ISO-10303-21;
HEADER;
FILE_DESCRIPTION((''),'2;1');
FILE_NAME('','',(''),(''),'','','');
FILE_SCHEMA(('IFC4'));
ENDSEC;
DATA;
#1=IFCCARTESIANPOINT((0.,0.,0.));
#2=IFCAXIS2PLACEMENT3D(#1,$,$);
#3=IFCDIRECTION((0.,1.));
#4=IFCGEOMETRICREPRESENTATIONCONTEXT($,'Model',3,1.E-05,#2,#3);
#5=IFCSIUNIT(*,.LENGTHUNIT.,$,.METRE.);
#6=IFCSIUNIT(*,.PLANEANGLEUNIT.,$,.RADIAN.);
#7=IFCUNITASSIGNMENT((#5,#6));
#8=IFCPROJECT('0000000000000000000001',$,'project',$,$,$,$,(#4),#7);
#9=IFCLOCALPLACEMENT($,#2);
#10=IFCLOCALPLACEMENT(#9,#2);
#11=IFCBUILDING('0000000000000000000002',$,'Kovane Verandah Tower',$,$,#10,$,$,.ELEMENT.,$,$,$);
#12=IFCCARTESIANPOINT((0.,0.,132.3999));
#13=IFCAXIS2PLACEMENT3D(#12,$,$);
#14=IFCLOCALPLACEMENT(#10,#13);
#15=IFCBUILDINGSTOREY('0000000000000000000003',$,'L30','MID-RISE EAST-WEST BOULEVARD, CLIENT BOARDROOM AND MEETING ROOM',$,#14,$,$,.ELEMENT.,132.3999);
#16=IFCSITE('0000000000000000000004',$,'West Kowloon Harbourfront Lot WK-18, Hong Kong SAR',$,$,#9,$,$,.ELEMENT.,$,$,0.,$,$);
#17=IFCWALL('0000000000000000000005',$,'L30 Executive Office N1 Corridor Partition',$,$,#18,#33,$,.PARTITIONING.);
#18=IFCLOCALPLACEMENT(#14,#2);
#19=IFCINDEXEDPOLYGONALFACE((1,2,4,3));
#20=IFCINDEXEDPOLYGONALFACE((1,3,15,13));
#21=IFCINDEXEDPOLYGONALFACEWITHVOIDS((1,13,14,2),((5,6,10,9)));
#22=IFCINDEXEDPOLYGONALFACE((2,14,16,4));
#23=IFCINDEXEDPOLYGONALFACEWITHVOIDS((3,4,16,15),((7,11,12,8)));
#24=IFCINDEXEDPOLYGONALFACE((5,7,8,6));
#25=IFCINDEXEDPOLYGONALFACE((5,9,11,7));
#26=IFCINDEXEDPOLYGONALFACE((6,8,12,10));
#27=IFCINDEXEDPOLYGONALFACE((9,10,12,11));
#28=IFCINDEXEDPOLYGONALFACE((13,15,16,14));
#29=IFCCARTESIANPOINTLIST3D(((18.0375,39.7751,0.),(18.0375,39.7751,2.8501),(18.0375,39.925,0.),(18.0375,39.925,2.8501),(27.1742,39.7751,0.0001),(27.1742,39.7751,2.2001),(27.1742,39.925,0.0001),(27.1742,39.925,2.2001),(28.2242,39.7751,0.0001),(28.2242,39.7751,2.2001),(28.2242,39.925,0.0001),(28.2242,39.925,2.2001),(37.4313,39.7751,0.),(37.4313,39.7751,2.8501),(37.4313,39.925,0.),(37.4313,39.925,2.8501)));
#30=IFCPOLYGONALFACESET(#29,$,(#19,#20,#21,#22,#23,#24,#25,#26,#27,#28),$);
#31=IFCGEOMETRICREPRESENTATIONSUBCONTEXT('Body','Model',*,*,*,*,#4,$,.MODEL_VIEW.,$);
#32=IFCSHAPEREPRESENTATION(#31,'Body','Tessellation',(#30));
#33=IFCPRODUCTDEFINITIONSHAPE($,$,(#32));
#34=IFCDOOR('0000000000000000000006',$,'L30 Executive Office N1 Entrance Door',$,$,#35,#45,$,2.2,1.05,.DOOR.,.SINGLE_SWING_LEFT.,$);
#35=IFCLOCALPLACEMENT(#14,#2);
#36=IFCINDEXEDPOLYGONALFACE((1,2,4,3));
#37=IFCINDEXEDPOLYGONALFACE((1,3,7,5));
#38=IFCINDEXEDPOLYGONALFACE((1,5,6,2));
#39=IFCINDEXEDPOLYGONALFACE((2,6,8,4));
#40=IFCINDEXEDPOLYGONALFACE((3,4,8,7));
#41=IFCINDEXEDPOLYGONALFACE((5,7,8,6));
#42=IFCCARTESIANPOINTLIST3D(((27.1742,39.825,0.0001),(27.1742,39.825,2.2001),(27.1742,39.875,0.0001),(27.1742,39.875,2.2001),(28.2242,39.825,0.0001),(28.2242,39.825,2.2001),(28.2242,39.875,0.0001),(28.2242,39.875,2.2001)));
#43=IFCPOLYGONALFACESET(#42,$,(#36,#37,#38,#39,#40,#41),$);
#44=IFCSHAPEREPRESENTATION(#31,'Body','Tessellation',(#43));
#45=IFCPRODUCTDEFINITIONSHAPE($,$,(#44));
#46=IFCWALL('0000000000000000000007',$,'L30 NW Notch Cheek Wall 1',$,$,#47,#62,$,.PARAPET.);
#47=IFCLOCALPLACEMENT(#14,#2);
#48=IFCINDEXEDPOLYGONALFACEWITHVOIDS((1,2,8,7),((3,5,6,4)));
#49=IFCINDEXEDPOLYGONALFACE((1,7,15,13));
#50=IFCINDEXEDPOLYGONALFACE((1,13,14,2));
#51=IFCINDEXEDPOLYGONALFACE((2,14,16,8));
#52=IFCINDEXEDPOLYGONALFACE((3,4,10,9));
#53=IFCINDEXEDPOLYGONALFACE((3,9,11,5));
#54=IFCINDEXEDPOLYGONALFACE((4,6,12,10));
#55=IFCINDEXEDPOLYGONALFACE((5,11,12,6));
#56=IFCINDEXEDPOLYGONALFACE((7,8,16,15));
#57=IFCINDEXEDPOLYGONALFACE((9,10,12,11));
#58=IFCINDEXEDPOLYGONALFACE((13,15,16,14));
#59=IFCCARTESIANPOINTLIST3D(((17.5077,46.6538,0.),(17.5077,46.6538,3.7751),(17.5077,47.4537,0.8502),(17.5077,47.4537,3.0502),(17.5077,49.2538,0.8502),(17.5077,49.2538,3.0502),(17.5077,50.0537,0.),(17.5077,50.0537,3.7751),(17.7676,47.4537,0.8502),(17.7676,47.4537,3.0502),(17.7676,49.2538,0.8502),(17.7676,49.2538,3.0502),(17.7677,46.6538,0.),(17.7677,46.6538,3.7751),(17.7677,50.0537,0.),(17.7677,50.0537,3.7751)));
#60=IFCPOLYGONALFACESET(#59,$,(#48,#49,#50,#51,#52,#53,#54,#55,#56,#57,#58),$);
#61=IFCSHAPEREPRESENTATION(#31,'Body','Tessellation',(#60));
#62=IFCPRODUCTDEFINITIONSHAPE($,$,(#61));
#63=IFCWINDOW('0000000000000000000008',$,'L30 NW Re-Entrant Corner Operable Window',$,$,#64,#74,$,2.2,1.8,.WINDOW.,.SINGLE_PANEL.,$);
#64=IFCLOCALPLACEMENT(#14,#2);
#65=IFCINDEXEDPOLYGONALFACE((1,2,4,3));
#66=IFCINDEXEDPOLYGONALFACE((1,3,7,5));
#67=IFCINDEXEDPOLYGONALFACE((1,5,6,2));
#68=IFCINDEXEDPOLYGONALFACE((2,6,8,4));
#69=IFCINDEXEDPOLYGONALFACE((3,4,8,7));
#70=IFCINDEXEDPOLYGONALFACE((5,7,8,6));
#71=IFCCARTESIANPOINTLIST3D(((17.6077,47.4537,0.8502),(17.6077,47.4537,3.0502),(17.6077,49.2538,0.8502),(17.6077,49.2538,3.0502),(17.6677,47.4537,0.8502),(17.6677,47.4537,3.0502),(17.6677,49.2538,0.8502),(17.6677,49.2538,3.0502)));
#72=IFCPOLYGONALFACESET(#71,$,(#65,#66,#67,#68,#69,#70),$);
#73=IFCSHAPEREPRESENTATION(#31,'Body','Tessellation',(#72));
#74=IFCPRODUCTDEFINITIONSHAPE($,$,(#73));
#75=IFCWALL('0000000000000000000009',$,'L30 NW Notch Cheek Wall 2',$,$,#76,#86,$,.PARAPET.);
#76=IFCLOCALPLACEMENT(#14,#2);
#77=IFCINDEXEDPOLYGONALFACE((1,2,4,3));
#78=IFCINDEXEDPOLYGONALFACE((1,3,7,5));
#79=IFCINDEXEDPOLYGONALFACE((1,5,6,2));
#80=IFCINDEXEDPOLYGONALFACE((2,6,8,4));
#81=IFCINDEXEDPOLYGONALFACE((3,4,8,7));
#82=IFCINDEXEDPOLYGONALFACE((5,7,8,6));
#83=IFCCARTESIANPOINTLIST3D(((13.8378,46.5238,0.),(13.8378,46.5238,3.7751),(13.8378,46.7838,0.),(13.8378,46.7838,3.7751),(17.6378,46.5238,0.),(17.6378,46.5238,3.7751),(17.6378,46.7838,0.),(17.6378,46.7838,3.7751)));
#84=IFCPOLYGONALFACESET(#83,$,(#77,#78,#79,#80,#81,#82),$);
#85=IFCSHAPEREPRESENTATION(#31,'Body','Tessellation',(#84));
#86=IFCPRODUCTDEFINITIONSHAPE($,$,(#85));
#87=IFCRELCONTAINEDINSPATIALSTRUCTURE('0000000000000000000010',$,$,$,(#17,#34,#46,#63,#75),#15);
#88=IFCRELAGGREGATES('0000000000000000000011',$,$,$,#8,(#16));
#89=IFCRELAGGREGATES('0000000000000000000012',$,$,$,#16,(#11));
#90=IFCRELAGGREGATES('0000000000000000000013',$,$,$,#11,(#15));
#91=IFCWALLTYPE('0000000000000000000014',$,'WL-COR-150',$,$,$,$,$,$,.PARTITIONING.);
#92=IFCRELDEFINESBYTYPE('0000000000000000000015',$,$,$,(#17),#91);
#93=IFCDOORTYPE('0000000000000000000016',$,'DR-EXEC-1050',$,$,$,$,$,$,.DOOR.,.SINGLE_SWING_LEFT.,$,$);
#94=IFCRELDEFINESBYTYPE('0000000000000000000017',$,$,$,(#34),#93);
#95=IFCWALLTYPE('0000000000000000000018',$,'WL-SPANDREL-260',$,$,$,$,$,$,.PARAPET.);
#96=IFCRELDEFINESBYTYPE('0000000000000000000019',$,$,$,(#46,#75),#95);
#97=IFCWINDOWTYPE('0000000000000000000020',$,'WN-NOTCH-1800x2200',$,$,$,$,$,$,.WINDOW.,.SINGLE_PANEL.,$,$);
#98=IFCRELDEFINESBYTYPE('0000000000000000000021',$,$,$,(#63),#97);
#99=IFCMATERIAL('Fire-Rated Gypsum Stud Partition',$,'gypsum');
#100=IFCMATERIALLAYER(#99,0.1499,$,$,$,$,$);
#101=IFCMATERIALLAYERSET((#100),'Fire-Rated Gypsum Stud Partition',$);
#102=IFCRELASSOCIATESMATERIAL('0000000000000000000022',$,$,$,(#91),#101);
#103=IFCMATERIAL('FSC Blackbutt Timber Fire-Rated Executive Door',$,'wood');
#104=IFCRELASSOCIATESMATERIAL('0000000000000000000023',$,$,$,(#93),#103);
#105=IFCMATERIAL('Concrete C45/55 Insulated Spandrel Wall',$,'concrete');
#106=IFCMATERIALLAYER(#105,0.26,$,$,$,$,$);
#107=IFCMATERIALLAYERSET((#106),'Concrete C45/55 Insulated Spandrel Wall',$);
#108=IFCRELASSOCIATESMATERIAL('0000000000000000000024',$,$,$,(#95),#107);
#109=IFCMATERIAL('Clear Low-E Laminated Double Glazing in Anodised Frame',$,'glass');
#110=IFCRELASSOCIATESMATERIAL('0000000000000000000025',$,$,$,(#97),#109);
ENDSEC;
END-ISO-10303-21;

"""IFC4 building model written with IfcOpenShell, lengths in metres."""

from ifc_helpers import new_model, si_unit, direction, frame, frame_2d, origin, place, context, subcontext, project, spatial, rectangle, extrude, material, layer, layer_set, type_object, element, fill, save


model = new_model("IFC4")

# Units and contexts
model_context = context("Model", 3, precision=1e-05, world=origin(), true_north=direction((0.0, 1.0)))
body_context = subcontext(model_context, "Body", "Model", "MODEL_VIEW")
ifc_project = project(units=[si_unit("LENGTHUNIT", "METRE"), si_unit("PLANEANGLEUNIT", "RADIAN")], contexts=[model_context])

# Site, building, storey
site_placement = place(None, origin())
site = spatial("IfcSite", under=ifc_project, at=site_placement, Name="West Kowloon Harbourfront Lot WK-18, Hong Kong SAR", CompositionType="ELEMENT", RefElevation=0.0)
building_placement = place(site_placement, origin())
building = spatial("IfcBuilding", under=site, at=building_placement, Name="Kovane Verandah Tower", CompositionType="ELEMENT")
storey_placement = place(building_placement, frame((0.0, 0.0, 132.3999)))
storey = spatial("IfcBuildingStorey", under=building, at=storey_placement, Name="L30", Description="MID-RISE EAST-WEST BOULEVARD, CLIENT BOARDROOM AND MEETING ROOM", CompositionType="ELEMENT", Elevation=132.3999)

# Wall, opening, door
ifc_material_1 = material(Name="Fire-Rated Gypsum Stud Partition", Category="gypsum")
ifc_layer_1 = layer(ifc_material_1, 0.1499)
ifc_layer_set_1 = layer_set([ifc_layer_1], Name="Fire-Rated Gypsum Stud Partition")
wall_type_1 = type_object("IfcWallType", Name="WL-COR-150", PredefinedType="PARTITIONING", material=ifc_layer_set_1)
wall_1_placement = place(storey_placement, frame((18.0376, 39.8501, 0.0), z_axis=(0.0, 0.0, 1.0), x_axis=(1.0, 0.0, 0.0)))
wall_1 = element("IfcWall", 1, at=wall_1_placement, inside=storey, type_object=wall_type_1, Name="L30 Executive Office N1 Corridor Partition", PredefinedType="PARTITIONING", context=body_context, shape_type="SweptSolid", body=[
    extrude(rectangle(XDim=19.3938, YDim=0.1499, at=frame_2d((9.6968, 0.0))), origin(), (0.0, 0.0, 1.0), 2.8501),
])
opening_1_placement = place(wall_1_placement, frame((9.1367, 0.0, 0.0)))
opening_1 = element("IfcOpeningElement", 2, at=opening_1_placement, cuts=wall_1, PredefinedType="OPENING", context=body_context, shape_type="SweptSolid", body=[
    extrude(rectangle(XDim=1.05, YDim=2.2, at=frame_2d((0.5249, 1.1001))), frame((0.0, 0.075, 0.0), z_axis=(0.0, -1.0, 0.0), x_axis=(1.0, 0.0, 0.0)), (0.0, 0.0, 1.0), 0.1499),
])
ifc_material_2 = material(Name="FSC Blackbutt Timber Fire-Rated Executive Door", Category="wood")
door_type = type_object("IfcDoorType", Name="DR-EXEC-1050", OperationType="SINGLE_SWING_LEFT", PredefinedType="DOOR", material=ifc_material_2)
door_placement = place(opening_1_placement, origin())
door = element("IfcDoor", 3, at=door_placement, inside=storey, type_object=door_type, Name="L30 Executive Office N1 Entrance Door", OperationType="SINGLE_SWING_LEFT", OverallHeight=2.2, OverallWidth=1.05, PredefinedType="DOOR", context=body_context, shape_type="SweptSolid", body=[
    extrude(rectangle(XDim=1.05, YDim=2.2, at=frame_2d((0.5249, 1.1001))), frame((0.0, 0.0249, 0.0), z_axis=(0.0, -1.0, 0.0), x_axis=(1.0, 0.0, 0.0)), (0.0, 0.0, 1.0), 0.05),
])
fill(opening_1, door)

# Wall, opening, window
ifc_material_3 = material(Name="Concrete C45/55 Insulated Spandrel Wall", Category="concrete")
ifc_layer_2 = layer(ifc_material_3, 0.26)
ifc_layer_set_2 = layer_set([ifc_layer_2], Name="Concrete C45/55 Insulated Spandrel Wall")
wall_type_2 = type_object("IfcWallType", Name="WL-SPANDREL-260", PredefinedType="PARAPET", material=ifc_layer_set_2)
wall_2_placement = place(storey_placement, frame((17.6377, 50.0537, 0.0), z_axis=(0.0, 0.0, 1.0), x_axis=(0.0, -1.0, 0.0)))
wall_2 = element("IfcWall", 4, at=wall_2_placement, inside=storey, type_object=wall_type_2, Name="L30 NW Notch Cheek Wall 1", PredefinedType="PARAPET", context=body_context, shape_type="SweptSolid", body=[
    extrude(rectangle(XDim=3.3999, YDim=0.26, at=frame_2d((1.7, 0.0))), origin(), (0.0, 0.0, 1.0), 3.7751),
])
opening_2_placement = place(wall_2_placement, frame((0.8, 0.0, 0.8501)))
opening_2 = element("IfcOpeningElement", 5, at=opening_2_placement, cuts=wall_2, PredefinedType="OPENING", context=body_context, shape_type="SweptSolid", body=[
    extrude(rectangle(XDim=1.8, YDim=2.2, at=frame_2d((0.8999, 1.1001))), frame((0.0, 0.1299, 0.0), z_axis=(0.0, -1.0, 0.0), x_axis=(1.0, 0.0, 0.0)), (0.0, 0.0, 1.0), 0.26),
])
ifc_material_4 = material(Name="Clear Low-E Laminated Double Glazing in Anodised Frame", Category="glass")
window_type = type_object("IfcWindowType", Name="WN-NOTCH-1800x2200", PartitioningType="SINGLE_PANEL", PredefinedType="WINDOW", material=ifc_material_4)
window_placement = place(opening_2_placement, origin())
window = element("IfcWindow", 6, at=window_placement, inside=storey, type_object=window_type, Name="L30 NW Re-Entrant Corner Operable Window", OverallHeight=2.2, OverallWidth=1.8, PartitioningType="SINGLE_PANEL", PredefinedType="WINDOW", context=body_context, shape_type="SweptSolid", body=[
    extrude(rectangle(XDim=1.8, YDim=2.2, at=frame_2d((0.8999, 1.1001))), frame((0.0, 0.03, 0.0), z_axis=(0.0, -1.0, 0.0), x_axis=(1.0, 0.0, 0.0)), (0.0, 0.0, 1.0), 0.0601),
])
fill(opening_2, window)

# Wall
wall_3_placement = place(storey_placement, frame((17.6377, 46.6538, 0.0), z_axis=(0.0, 0.0, 1.0), x_axis=(-1.0, 0.0, 0.0)))
element("IfcWall", 7, at=wall_3_placement, inside=storey, type_object=wall_type_2, Name="L30 NW Notch Cheek Wall 2", PredefinedType="PARAPET", context=body_context, shape_type="SweptSolid", body=[
    extrude(rectangle(XDim=3.8, YDim=0.26, at=frame_2d((1.8999, 0.0))), origin(), (0.0, 0.0, 1.0), 3.7751),
])

save(model, "model.ifc")
